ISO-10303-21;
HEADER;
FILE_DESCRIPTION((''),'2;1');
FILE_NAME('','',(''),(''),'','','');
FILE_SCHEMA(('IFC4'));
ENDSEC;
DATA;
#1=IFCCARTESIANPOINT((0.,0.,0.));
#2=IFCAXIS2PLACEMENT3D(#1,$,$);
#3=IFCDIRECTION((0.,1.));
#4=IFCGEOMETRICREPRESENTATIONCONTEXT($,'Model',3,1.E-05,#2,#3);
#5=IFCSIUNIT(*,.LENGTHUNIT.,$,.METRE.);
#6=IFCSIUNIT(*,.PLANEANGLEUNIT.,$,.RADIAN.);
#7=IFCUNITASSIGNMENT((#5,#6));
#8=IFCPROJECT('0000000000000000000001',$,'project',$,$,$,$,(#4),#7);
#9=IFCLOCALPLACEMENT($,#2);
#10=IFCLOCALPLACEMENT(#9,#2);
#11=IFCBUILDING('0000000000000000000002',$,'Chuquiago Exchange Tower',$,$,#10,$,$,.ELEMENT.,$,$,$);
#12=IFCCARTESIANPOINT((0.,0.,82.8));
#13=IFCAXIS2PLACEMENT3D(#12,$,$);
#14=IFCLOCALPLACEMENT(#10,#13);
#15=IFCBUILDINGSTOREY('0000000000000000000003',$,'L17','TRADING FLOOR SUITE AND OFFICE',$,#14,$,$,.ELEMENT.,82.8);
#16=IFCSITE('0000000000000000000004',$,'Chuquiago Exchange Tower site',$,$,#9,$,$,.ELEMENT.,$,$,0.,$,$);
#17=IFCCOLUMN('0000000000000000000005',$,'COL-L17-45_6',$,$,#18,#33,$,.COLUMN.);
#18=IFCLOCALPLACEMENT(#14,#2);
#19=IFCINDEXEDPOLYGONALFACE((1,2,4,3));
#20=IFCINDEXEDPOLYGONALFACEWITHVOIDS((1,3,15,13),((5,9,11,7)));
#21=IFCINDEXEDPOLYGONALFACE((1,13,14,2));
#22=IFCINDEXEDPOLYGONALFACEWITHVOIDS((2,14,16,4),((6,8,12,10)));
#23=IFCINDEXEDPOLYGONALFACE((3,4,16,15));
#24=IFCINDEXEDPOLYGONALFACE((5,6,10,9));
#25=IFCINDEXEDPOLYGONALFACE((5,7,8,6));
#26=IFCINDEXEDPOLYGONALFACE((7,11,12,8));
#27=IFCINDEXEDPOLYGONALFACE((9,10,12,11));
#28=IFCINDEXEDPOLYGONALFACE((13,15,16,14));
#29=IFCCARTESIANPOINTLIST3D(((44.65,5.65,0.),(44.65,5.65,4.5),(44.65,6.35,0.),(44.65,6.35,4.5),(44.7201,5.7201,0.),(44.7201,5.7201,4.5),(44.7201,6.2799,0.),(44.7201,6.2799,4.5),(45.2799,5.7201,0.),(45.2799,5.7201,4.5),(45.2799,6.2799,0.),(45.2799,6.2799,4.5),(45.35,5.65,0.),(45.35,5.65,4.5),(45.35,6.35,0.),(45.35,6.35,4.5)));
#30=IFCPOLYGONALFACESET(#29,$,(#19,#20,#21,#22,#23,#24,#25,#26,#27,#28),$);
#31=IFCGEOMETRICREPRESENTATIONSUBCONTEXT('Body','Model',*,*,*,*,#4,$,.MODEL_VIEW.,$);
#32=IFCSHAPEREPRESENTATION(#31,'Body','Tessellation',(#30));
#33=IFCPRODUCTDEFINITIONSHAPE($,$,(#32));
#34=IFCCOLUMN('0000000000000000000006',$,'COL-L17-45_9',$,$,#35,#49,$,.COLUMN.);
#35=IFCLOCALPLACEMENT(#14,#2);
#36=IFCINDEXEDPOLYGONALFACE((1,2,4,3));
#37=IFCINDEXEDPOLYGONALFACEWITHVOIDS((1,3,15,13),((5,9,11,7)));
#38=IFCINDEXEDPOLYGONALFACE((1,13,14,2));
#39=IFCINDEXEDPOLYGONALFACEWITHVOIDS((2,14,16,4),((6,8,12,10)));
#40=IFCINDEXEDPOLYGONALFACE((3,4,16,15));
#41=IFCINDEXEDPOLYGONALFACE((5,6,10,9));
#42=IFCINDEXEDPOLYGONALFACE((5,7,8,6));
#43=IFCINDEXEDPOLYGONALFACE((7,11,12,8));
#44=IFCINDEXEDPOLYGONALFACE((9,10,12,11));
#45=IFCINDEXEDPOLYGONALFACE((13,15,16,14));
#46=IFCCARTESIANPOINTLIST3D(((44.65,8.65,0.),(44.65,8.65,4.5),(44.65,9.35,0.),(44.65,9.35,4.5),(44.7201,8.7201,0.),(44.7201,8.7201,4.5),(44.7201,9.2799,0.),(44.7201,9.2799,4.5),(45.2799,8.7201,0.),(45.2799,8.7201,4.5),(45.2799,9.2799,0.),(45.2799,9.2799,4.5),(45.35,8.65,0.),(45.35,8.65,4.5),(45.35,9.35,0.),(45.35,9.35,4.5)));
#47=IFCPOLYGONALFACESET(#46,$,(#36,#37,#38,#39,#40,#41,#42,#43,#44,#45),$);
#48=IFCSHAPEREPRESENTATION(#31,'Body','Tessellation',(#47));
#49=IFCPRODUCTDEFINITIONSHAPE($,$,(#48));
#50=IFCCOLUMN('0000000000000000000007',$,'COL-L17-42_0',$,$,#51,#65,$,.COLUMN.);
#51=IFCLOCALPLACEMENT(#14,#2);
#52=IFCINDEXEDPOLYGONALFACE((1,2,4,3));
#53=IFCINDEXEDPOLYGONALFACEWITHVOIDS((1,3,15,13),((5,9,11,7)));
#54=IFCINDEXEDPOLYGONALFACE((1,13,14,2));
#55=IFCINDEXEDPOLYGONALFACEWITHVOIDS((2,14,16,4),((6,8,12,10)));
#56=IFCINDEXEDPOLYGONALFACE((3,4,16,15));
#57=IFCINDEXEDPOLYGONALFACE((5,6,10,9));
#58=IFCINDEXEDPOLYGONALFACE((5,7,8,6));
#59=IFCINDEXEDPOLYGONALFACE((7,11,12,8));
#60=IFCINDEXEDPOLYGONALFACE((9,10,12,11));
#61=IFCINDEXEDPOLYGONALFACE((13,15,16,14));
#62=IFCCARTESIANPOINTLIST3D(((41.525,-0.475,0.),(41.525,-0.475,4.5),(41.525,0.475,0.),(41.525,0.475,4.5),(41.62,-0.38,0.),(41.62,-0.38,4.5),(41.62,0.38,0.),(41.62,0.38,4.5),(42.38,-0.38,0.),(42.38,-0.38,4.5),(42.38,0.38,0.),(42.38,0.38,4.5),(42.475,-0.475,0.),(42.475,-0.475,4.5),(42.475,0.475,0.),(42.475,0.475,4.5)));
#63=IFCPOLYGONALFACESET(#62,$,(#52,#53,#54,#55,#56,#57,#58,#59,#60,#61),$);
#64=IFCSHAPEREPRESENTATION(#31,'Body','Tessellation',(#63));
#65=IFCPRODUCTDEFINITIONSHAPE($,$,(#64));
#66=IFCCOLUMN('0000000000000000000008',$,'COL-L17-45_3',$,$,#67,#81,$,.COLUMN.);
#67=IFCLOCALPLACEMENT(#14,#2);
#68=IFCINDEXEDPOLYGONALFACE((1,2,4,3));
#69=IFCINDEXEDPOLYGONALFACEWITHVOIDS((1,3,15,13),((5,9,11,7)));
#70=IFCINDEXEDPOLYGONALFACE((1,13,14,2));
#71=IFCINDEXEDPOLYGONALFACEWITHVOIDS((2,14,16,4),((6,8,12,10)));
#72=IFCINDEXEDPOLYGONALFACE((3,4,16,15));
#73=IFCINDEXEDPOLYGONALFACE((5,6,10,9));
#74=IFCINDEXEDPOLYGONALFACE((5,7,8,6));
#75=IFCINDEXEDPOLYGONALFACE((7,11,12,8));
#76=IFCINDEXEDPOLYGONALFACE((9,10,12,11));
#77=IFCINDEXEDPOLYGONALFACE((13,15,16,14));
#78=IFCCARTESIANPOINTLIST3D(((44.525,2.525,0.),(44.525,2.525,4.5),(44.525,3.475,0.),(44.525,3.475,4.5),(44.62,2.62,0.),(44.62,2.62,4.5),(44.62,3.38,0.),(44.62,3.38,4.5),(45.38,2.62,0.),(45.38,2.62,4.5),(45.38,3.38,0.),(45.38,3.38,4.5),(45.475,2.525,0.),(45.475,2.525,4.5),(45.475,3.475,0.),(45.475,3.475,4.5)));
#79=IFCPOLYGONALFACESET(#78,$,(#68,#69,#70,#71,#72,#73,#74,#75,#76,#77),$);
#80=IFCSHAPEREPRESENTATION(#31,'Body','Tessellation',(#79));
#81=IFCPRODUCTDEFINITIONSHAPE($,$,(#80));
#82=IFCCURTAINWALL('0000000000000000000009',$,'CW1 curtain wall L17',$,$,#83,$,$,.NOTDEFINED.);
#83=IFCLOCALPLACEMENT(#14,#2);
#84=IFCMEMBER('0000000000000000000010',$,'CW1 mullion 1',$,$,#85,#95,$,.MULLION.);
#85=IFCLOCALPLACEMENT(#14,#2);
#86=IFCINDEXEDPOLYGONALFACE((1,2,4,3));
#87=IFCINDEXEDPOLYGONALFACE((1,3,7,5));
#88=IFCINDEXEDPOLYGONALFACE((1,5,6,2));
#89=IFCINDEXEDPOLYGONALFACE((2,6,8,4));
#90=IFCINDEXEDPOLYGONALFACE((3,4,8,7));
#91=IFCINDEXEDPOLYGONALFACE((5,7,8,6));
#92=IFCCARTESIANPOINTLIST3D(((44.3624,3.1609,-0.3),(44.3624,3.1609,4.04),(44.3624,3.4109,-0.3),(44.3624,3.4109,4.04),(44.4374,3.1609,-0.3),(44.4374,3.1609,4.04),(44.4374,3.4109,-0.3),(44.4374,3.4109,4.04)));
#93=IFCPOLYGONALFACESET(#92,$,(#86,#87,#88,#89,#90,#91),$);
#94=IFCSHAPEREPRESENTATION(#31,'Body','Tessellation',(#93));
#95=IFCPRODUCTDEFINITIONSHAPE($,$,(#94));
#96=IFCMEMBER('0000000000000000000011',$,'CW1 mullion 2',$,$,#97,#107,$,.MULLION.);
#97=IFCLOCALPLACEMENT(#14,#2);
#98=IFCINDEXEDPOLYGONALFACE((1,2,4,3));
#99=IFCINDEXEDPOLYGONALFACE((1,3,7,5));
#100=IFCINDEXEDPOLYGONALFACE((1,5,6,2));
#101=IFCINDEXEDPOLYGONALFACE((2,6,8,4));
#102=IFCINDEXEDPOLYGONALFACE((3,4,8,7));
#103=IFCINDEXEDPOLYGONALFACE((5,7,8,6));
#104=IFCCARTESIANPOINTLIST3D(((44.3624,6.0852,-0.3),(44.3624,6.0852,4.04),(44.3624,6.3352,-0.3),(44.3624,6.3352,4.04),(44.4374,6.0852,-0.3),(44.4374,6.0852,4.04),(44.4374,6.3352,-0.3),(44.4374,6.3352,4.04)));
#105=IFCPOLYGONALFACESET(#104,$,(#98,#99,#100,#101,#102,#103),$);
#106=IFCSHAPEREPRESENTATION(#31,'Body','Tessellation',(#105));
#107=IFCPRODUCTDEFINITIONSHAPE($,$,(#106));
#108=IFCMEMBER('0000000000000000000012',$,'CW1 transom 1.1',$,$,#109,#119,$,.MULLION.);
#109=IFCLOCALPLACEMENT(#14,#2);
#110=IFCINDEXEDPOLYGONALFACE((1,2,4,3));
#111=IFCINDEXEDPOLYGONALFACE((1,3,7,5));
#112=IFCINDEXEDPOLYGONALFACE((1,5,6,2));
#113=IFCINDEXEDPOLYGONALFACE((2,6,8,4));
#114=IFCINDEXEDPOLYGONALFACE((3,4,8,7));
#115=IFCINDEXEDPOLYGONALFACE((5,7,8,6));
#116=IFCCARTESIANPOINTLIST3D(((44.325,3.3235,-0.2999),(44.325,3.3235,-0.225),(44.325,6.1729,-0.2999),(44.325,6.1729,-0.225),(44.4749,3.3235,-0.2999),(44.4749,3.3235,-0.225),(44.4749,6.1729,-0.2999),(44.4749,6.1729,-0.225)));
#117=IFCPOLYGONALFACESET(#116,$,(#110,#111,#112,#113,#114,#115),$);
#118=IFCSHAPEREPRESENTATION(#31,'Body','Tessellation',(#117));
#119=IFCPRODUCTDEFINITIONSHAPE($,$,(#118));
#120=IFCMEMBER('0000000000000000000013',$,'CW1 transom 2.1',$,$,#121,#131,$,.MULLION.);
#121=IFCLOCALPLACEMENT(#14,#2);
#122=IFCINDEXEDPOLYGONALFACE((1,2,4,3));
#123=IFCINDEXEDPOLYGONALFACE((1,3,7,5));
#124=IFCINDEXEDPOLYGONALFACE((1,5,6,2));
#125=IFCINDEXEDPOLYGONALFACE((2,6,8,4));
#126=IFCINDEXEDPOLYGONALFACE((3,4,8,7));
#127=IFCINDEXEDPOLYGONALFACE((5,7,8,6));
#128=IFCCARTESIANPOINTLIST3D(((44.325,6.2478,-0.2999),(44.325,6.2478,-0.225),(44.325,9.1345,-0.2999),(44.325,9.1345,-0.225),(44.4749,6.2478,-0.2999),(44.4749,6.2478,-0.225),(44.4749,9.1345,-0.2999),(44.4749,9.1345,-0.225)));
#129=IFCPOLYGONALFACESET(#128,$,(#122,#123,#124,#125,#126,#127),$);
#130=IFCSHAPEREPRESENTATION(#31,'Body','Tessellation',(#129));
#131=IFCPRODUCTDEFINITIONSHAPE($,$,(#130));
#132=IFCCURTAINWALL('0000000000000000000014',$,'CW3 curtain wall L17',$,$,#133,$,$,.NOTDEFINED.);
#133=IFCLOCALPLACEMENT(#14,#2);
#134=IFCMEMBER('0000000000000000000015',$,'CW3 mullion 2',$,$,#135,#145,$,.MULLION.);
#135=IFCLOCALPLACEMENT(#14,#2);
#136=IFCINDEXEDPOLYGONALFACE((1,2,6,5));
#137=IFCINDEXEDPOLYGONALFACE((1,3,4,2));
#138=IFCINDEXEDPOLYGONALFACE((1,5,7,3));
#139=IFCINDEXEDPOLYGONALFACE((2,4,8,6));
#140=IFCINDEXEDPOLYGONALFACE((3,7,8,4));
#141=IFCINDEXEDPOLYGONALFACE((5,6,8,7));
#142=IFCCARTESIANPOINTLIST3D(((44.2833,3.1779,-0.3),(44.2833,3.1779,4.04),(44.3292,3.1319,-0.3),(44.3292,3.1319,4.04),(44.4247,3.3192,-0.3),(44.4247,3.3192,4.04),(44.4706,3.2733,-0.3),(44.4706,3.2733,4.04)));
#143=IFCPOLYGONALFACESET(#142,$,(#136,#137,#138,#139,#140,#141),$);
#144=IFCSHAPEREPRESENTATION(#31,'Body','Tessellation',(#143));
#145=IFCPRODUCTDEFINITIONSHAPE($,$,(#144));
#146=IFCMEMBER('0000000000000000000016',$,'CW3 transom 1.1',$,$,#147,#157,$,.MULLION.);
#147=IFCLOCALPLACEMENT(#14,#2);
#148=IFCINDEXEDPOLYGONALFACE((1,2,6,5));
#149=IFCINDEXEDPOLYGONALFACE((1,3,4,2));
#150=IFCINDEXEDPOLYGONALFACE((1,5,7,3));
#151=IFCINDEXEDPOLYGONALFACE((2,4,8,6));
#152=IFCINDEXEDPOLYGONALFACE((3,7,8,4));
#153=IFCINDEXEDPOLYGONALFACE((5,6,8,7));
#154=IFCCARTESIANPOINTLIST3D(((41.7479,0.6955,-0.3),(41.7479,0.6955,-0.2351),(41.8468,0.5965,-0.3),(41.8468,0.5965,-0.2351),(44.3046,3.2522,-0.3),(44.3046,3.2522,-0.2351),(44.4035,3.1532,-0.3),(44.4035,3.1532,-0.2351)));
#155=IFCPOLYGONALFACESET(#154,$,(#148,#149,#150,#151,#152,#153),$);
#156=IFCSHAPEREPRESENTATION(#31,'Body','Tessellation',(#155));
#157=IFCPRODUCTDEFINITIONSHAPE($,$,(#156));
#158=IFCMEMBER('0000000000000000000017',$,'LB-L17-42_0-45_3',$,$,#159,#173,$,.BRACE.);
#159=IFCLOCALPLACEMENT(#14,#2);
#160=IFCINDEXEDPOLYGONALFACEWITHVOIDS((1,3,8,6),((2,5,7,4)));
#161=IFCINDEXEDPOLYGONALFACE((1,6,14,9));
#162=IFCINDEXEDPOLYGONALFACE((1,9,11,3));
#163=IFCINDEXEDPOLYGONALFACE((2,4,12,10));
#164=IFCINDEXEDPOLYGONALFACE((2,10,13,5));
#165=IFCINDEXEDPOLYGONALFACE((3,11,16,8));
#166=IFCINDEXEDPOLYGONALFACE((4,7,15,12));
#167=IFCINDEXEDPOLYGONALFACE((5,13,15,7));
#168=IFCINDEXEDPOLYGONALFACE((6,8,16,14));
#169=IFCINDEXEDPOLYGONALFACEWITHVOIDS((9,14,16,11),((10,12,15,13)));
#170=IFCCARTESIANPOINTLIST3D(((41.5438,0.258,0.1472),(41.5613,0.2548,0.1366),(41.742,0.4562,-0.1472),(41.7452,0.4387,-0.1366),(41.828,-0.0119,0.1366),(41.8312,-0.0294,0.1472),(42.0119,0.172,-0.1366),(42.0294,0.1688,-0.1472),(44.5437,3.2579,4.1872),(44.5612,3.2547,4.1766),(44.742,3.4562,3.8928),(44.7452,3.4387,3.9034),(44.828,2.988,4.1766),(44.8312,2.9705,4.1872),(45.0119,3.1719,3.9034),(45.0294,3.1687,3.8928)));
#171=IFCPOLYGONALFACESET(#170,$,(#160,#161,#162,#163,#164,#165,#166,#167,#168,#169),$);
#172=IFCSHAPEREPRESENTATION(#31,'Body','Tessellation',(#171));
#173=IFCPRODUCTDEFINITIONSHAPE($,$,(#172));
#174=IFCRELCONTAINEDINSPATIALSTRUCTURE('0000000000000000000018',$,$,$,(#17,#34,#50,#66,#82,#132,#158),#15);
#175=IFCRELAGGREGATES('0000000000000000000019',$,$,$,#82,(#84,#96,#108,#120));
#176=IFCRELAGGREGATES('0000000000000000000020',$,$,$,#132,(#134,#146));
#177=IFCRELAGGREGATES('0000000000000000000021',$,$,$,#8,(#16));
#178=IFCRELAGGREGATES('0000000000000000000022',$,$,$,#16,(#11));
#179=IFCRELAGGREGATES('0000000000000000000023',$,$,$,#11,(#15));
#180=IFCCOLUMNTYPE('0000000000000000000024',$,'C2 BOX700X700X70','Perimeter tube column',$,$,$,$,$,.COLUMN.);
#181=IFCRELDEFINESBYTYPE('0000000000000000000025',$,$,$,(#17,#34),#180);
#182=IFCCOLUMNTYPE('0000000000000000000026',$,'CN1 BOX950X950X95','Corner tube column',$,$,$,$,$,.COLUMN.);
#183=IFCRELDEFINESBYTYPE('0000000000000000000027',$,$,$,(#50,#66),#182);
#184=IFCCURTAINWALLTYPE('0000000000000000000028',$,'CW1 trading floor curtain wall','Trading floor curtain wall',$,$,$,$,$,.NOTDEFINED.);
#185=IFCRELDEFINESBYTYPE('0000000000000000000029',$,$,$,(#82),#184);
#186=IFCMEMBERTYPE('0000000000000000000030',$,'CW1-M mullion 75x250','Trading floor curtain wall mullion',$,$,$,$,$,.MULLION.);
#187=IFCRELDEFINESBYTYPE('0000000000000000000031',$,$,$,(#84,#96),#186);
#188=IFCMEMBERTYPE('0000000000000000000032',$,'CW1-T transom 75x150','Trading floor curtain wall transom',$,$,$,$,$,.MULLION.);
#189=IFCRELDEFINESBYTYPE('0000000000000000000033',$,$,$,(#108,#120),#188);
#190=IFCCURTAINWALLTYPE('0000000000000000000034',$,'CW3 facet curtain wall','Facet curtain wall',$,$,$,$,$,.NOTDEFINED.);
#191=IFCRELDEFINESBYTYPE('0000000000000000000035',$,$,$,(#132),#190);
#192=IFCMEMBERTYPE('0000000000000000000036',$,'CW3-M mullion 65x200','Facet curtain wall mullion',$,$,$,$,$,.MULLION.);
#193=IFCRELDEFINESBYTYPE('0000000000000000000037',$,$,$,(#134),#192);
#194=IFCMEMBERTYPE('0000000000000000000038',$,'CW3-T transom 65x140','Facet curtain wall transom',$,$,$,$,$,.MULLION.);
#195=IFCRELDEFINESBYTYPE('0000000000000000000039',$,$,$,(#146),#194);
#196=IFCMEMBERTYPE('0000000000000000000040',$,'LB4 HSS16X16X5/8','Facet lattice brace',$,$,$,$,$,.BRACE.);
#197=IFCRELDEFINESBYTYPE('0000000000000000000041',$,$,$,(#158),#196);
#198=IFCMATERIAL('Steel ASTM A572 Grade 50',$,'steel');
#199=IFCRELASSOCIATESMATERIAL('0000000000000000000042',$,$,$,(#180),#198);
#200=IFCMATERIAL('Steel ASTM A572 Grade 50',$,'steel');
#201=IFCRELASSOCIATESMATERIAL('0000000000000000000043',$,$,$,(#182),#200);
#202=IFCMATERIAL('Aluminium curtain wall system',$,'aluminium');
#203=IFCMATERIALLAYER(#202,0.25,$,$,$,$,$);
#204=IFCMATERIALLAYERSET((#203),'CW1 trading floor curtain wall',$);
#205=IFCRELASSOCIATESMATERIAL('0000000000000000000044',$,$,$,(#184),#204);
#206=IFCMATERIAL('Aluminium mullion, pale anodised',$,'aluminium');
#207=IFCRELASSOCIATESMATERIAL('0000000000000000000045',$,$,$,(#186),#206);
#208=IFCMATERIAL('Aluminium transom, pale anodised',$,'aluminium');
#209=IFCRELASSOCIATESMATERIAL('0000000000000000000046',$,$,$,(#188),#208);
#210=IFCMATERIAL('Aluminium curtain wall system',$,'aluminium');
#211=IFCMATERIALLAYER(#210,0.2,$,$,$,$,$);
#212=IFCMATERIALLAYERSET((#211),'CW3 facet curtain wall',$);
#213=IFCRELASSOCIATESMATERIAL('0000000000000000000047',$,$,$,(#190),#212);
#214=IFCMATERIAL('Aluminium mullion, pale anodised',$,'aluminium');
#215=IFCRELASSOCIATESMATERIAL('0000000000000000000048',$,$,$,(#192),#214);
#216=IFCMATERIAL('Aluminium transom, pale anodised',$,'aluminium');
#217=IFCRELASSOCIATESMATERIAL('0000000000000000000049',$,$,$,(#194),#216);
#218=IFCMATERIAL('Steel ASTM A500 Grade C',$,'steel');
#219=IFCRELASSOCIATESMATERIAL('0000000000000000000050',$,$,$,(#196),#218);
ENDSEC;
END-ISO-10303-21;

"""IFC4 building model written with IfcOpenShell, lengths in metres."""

from ifc_helpers import new_model, si_unit, direction, frame, origin, origin_2d, place, context, subcontext, project, spatial, rectangle, hollow_rectangle, extrude, material, layer, layer_set, material_profile, profile_set, type_object, element, aggregate, save


model = new_model("IFC4")

# Units and contexts
model_context = context("Model", 3, precision=1e-05, world=origin(), true_north=direction((0.0, 1.0)))
body_context = subcontext(model_context, "Body", "Model", "MODEL_VIEW")
ifc_project = project(units=[si_unit("LENGTHUNIT", "METRE"), si_unit("PLANEANGLEUNIT", "RADIAN")], contexts=[model_context])

# Site, building, storey
site_placement = place(None, origin())
site = spatial("IfcSite", under=ifc_project, at=site_placement, Name="Chuquiago Exchange Tower site", CompositionType="ELEMENT", RefElevation=0.0)
building_placement = place(site_placement, origin())
building = spatial("IfcBuilding", under=site, at=building_placement, Name="Chuquiago Exchange Tower", CompositionType="ELEMENT")
storey_placement = place(building_placement, frame((0.0, 0.0, 82.8)))
storey = spatial("IfcBuildingStorey", under=building, at=storey_placement, Name="L17", Description="TRADING FLOOR SUITE AND OFFICE", CompositionType="ELEMENT", Elevation=82.8)

# Columns
ifc_material_1 = material(Name="Steel ASTM A572 Grade 50", Category="steel")
ifc_material_profile_1 = material_profile(ifc_material_1, hollow_rectangle(XDim=0.7, YDim=0.7, WallThickness=0.0701, at=origin_2d()), Name="BOX700X700X70")
ifc_profile_set_1 = profile_set([ifc_material_profile_1], Name="Steel ASTM A572 Grade 50")
column_type_1 = type_object("IfcColumnType", Name="C2 BOX700X700X70", Description="Perimeter tube column", PredefinedType="COLUMN", material=ifc_profile_set_1)
for number, where, z_axis, x_axis, name in (
    (1, (45.0, 6.0, 0.0), (0.0, 0.0, 1.0), (1.0, 0.0, 0.0), "COL-L17-45_6"),
    (2, (45.0, 9.0, 0.0), (0.0, 0.0, 1.0), (1.0, 0.0, 0.0), "COL-L17-45_9"),
):
    element("IfcColumn", number, at=place(storey_placement, frame(where, z_axis=z_axis, x_axis=x_axis)), inside=storey, type_object=column_type_1, Name=name, PredefinedType="COLUMN", context=body_context, shape_type="SweptSolid", body=[
        extrude(hollow_rectangle(XDim=0.7, YDim=0.7, WallThickness=0.0701, at=origin_2d()), origin(), (0.0, 0.0, 1.0), 4.5),
    ])
ifc_material_2 = material(Name="Steel ASTM A572 Grade 50", Category="steel")
ifc_material_profile_2 = material_profile(ifc_material_2, hollow_rectangle(XDim=0.95, YDim=0.95, WallThickness=0.095, at=origin_2d()), Name="BOX950X950X95")
ifc_profile_set_2 = profile_set([ifc_material_profile_2], Name="Steel ASTM A572 Grade 50")
column_type_2 = type_object("IfcColumnType", Name="CN1 BOX950X950X95", Description="Corner tube column", PredefinedType="COLUMN", material=ifc_profile_set_2)
for number, where, z_axis, x_axis, name in (
    (3, (42.0, 0.0, 0.0), (0.0, 0.0, 1.0), (0.0, -1.0, 0.0), "COL-L17-42_0"),
    (4, (45.0, 3.0, 0.0), (0.0, 0.0, 1.0), (1.0, 0.0, 0.0), "COL-L17-45_3"),
):
    element("IfcColumn", number, at=place(storey_placement, frame(where, z_axis=z_axis, x_axis=x_axis)), inside=storey, type_object=column_type_2, Name=name, PredefinedType="COLUMN", context=body_context, shape_type="SweptSolid", body=[
        extrude(hollow_rectangle(XDim=0.95, YDim=0.95, WallThickness=0.095, at=origin_2d()), origin(), (0.0, 0.0, 1.0), 4.5),
    ])

# Curtain walls, members
ifc_material_3 = material(Name="Aluminium curtain wall system", Category="aluminium")
ifc_layer_1 = layer(ifc_material_3, 0.25)
ifc_layer_set_1 = layer_set([ifc_layer_1], Name="CW1 trading floor curtain wall")
curtain_wall_type_1 = type_object("IfcCurtainWallType", Name="CW1 trading floor curtain wall", Description="Trading floor curtain wall", PredefinedType="NOTDEFINED", material=ifc_layer_set_1)
curtain_wall_1_placement = place(storey_placement, origin())
curtain_wall_1 = element("IfcCurtainWall", 5, at=curtain_wall_1_placement, inside=storey, type_object=curtain_wall_type_1, Name="CW1 curtain wall L17", PredefinedType="NOTDEFINED")
ifc_material_4 = material(Name="Aluminium mullion, pale anodised", Category="aluminium")
ifc_material_profile_3 = material_profile(ifc_material_4, rectangle(XDim=0.075, YDim=0.25, at=origin_2d()), Name="AL 75x250")
ifc_profile_set_3 = profile_set([ifc_material_profile_3], Name="Aluminium mullion, pale anodised")
member_type_1 = type_object("IfcMemberType", Name="CW1-M mullion 75x250", Description="Trading floor curtain wall mullion", PredefinedType="MULLION", material=ifc_profile_set_3)
member_1_placement = place(storey_placement, frame((44.3999, 3.2859, -0.3), z_axis=(0.0, 0.0, 1.0), x_axis=(-1.0, 0.0, 0.0)))
member_1 = element("IfcMember", 6, at=member_1_placement, type_object=member_type_1, Name="CW1 mullion 1", PredefinedType="MULLION", context=body_context, shape_type="SweptSolid", body=[
    extrude(rectangle(XDim=0.075, YDim=0.25, at=origin_2d()), origin(), (0.0, 0.0, 1.0), 4.3401),
])
member_2_placement = place(storey_placement, frame((44.3999, 6.2102, -0.3), z_axis=(0.0, 0.0, 1.0), x_axis=(-1.0, 0.0, 0.0)))
member_2 = element("IfcMember", 7, at=member_2_placement, type_object=member_type_1, Name="CW1 mullion 2", PredefinedType="MULLION", context=body_context, shape_type="SweptSolid", body=[
    extrude(rectangle(XDim=0.075, YDim=0.25, at=origin_2d()), origin(), (0.0, 0.0, 1.0), 4.3401),
])
ifc_material_5 = material(Name="Aluminium transom, pale anodised", Category="aluminium")
ifc_material_profile_4 = material_profile(ifc_material_5, rectangle(XDim=0.1499, YDim=0.075, at=origin_2d()), Name="AL 150x75")
ifc_profile_set_4 = profile_set([ifc_material_profile_4], Name="Aluminium transom, pale anodised")
member_type_2 = type_object("IfcMemberType", Name="CW1-T transom 75x150", Description="Trading floor curtain wall transom", PredefinedType="MULLION", material=ifc_profile_set_4)
member_3_placement = place(storey_placement, frame((44.3999, 3.3235, -0.2625), z_axis=(0.0, 1.0, 0.0), x_axis=(-1.0, 0.0, 0.0)))
member_3 = element("IfcMember", 8, at=member_3_placement, type_object=member_type_2, Name="CW1 transom 1.1", PredefinedType="MULLION", context=body_context, shape_type="SweptSolid", body=[
    extrude(rectangle(XDim=0.1499, YDim=0.075, at=origin_2d()), origin(), (0.0, 0.0, 1.0), 2.8494),
])
member_4_placement = place(storey_placement, frame((44.3999, 6.2478, -0.2625), z_axis=(0.0, 1.0, 0.0), x_axis=(-1.0, 0.0, 0.0)))
member_4 = element("IfcMember", 9, at=member_4_placement, type_object=member_type_2, Name="CW1 transom 2.1", PredefinedType="MULLION", context=body_context, shape_type="SweptSolid", body=[
    extrude(rectangle(XDim=0.1499, YDim=0.075, at=origin_2d()), origin(), (0.0, 0.0, 1.0), 2.8867),
])
ifc_material_6 = material(Name="Aluminium curtain wall system", Category="aluminium")
ifc_layer_2 = layer(ifc_material_6, 0.2)
ifc_layer_set_2 = layer_set([ifc_layer_2], Name="CW3 facet curtain wall")
curtain_wall_type_2 = type_object("IfcCurtainWallType", Name="CW3 facet curtain wall", Description="Facet curtain wall", PredefinedType="NOTDEFINED", material=ifc_layer_set_2)
curtain_wall_2_placement = place(storey_placement, origin())
curtain_wall_2 = element("IfcCurtainWall", 10, at=curtain_wall_2_placement, inside=storey, type_object=curtain_wall_type_2, Name="CW3 curtain wall L17", PredefinedType="NOTDEFINED")
ifc_material_7 = material(Name="Aluminium mullion, pale anodised", Category="aluminium")
ifc_material_profile_5 = material_profile(ifc_material_7, rectangle(XDim=0.0649, YDim=0.2, at=origin_2d()), Name="AL 65x200")
ifc_profile_set_5 = profile_set([ifc_material_profile_5], Name="Aluminium mullion, pale anodised")
member_type_3 = type_object("IfcMemberType", Name="CW3-M mullion 65x200", Description="Facet curtain wall mullion", PredefinedType="MULLION", material=ifc_profile_set_5)
member_5_placement = place(storey_placement, frame((44.377, 3.2256, -0.3), z_axis=(0.0, 0.0, 1.0), x_axis=(-0.707107, 0.707107, 0.0)))
member_5 = element("IfcMember", 11, at=member_5_placement, type_object=member_type_3, Name="CW3 mullion 2", PredefinedType="MULLION", context=body_context, shape_type="SweptSolid", body=[
    extrude(rectangle(XDim=0.0649, YDim=0.2, at=origin_2d()), origin(), (0.0, 0.0, 1.0), 4.3401),
])
ifc_material_8 = material(Name="Aluminium transom, pale anodised", Category="aluminium")
ifc_material_profile_6 = material_profile(ifc_material_8, rectangle(XDim=0.1399, YDim=0.0649, at=origin_2d()), Name="AL 140x65")
ifc_profile_set_6 = profile_set([ifc_material_profile_6], Name="Aluminium transom, pale anodised")
member_type_4 = type_object("IfcMemberType", Name="CW3-T transom 65x140", Description="Facet curtain wall transom", PredefinedType="MULLION", material=ifc_profile_set_6)
member_6_placement = place(storey_placement, frame((41.7974, 0.646, -0.2676), z_axis=(0.707107, 0.707107, 0.0), x_axis=(-0.707107, 0.707107, 0.0)))
member_6 = element("IfcMember", 12, at=member_6_placement, type_object=member_type_4, Name="CW3 transom 1.1", PredefinedType="MULLION", context=body_context, shape_type="SweptSolid", body=[
    extrude(rectangle(XDim=0.1399, YDim=0.0649, at=origin_2d()), origin(), (0.0, 0.0, 1.0), 3.6157),
])

# Member
ifc_material_9 = material(Name="Steel ASTM A500 Grade C", Category="steel")
ifc_material_profile_7 = material_profile(ifc_material_9, hollow_rectangle(XDim=0.4065, YDim=0.4065, WallThickness=0.0146, at=origin_2d()), Name="HSS16X16X5/8")
ifc_profile_set_7 = profile_set([ifc_material_profile_7], Name="Steel ASTM A500 Grade C")
member_type_5 = type_object("IfcMemberType", Name="LB4 HSS16X16X5/8", Description="Facet lattice brace", PredefinedType="BRACE", material=ifc_profile_set_7)
member_7_placement = place(storey_placement, frame((41.7866, 0.2134, 0.0), z_axis=(0.512077, 0.512077, 0.689604), x_axis=(-0.707107, 0.707107, 0.0)))
element("IfcMember", 13, at=member_7_placement, inside=storey, type_object=member_type_5, Name="LB-L17-42_0-45_3", PredefinedType="BRACE", context=body_context, shape_type="SweptSolid", body=[
    extrude(hollow_rectangle(XDim=0.4065, YDim=0.4065, WallThickness=0.0146, at=origin_2d()), origin(), (0.0, 0.0, 1.0), 5.8584),
])

aggregate(curtain_wall_1, [member_1, member_2, member_3, member_4])
aggregate(curtain_wall_2, [member_5, member_6])

save(model, "model.ifc")
